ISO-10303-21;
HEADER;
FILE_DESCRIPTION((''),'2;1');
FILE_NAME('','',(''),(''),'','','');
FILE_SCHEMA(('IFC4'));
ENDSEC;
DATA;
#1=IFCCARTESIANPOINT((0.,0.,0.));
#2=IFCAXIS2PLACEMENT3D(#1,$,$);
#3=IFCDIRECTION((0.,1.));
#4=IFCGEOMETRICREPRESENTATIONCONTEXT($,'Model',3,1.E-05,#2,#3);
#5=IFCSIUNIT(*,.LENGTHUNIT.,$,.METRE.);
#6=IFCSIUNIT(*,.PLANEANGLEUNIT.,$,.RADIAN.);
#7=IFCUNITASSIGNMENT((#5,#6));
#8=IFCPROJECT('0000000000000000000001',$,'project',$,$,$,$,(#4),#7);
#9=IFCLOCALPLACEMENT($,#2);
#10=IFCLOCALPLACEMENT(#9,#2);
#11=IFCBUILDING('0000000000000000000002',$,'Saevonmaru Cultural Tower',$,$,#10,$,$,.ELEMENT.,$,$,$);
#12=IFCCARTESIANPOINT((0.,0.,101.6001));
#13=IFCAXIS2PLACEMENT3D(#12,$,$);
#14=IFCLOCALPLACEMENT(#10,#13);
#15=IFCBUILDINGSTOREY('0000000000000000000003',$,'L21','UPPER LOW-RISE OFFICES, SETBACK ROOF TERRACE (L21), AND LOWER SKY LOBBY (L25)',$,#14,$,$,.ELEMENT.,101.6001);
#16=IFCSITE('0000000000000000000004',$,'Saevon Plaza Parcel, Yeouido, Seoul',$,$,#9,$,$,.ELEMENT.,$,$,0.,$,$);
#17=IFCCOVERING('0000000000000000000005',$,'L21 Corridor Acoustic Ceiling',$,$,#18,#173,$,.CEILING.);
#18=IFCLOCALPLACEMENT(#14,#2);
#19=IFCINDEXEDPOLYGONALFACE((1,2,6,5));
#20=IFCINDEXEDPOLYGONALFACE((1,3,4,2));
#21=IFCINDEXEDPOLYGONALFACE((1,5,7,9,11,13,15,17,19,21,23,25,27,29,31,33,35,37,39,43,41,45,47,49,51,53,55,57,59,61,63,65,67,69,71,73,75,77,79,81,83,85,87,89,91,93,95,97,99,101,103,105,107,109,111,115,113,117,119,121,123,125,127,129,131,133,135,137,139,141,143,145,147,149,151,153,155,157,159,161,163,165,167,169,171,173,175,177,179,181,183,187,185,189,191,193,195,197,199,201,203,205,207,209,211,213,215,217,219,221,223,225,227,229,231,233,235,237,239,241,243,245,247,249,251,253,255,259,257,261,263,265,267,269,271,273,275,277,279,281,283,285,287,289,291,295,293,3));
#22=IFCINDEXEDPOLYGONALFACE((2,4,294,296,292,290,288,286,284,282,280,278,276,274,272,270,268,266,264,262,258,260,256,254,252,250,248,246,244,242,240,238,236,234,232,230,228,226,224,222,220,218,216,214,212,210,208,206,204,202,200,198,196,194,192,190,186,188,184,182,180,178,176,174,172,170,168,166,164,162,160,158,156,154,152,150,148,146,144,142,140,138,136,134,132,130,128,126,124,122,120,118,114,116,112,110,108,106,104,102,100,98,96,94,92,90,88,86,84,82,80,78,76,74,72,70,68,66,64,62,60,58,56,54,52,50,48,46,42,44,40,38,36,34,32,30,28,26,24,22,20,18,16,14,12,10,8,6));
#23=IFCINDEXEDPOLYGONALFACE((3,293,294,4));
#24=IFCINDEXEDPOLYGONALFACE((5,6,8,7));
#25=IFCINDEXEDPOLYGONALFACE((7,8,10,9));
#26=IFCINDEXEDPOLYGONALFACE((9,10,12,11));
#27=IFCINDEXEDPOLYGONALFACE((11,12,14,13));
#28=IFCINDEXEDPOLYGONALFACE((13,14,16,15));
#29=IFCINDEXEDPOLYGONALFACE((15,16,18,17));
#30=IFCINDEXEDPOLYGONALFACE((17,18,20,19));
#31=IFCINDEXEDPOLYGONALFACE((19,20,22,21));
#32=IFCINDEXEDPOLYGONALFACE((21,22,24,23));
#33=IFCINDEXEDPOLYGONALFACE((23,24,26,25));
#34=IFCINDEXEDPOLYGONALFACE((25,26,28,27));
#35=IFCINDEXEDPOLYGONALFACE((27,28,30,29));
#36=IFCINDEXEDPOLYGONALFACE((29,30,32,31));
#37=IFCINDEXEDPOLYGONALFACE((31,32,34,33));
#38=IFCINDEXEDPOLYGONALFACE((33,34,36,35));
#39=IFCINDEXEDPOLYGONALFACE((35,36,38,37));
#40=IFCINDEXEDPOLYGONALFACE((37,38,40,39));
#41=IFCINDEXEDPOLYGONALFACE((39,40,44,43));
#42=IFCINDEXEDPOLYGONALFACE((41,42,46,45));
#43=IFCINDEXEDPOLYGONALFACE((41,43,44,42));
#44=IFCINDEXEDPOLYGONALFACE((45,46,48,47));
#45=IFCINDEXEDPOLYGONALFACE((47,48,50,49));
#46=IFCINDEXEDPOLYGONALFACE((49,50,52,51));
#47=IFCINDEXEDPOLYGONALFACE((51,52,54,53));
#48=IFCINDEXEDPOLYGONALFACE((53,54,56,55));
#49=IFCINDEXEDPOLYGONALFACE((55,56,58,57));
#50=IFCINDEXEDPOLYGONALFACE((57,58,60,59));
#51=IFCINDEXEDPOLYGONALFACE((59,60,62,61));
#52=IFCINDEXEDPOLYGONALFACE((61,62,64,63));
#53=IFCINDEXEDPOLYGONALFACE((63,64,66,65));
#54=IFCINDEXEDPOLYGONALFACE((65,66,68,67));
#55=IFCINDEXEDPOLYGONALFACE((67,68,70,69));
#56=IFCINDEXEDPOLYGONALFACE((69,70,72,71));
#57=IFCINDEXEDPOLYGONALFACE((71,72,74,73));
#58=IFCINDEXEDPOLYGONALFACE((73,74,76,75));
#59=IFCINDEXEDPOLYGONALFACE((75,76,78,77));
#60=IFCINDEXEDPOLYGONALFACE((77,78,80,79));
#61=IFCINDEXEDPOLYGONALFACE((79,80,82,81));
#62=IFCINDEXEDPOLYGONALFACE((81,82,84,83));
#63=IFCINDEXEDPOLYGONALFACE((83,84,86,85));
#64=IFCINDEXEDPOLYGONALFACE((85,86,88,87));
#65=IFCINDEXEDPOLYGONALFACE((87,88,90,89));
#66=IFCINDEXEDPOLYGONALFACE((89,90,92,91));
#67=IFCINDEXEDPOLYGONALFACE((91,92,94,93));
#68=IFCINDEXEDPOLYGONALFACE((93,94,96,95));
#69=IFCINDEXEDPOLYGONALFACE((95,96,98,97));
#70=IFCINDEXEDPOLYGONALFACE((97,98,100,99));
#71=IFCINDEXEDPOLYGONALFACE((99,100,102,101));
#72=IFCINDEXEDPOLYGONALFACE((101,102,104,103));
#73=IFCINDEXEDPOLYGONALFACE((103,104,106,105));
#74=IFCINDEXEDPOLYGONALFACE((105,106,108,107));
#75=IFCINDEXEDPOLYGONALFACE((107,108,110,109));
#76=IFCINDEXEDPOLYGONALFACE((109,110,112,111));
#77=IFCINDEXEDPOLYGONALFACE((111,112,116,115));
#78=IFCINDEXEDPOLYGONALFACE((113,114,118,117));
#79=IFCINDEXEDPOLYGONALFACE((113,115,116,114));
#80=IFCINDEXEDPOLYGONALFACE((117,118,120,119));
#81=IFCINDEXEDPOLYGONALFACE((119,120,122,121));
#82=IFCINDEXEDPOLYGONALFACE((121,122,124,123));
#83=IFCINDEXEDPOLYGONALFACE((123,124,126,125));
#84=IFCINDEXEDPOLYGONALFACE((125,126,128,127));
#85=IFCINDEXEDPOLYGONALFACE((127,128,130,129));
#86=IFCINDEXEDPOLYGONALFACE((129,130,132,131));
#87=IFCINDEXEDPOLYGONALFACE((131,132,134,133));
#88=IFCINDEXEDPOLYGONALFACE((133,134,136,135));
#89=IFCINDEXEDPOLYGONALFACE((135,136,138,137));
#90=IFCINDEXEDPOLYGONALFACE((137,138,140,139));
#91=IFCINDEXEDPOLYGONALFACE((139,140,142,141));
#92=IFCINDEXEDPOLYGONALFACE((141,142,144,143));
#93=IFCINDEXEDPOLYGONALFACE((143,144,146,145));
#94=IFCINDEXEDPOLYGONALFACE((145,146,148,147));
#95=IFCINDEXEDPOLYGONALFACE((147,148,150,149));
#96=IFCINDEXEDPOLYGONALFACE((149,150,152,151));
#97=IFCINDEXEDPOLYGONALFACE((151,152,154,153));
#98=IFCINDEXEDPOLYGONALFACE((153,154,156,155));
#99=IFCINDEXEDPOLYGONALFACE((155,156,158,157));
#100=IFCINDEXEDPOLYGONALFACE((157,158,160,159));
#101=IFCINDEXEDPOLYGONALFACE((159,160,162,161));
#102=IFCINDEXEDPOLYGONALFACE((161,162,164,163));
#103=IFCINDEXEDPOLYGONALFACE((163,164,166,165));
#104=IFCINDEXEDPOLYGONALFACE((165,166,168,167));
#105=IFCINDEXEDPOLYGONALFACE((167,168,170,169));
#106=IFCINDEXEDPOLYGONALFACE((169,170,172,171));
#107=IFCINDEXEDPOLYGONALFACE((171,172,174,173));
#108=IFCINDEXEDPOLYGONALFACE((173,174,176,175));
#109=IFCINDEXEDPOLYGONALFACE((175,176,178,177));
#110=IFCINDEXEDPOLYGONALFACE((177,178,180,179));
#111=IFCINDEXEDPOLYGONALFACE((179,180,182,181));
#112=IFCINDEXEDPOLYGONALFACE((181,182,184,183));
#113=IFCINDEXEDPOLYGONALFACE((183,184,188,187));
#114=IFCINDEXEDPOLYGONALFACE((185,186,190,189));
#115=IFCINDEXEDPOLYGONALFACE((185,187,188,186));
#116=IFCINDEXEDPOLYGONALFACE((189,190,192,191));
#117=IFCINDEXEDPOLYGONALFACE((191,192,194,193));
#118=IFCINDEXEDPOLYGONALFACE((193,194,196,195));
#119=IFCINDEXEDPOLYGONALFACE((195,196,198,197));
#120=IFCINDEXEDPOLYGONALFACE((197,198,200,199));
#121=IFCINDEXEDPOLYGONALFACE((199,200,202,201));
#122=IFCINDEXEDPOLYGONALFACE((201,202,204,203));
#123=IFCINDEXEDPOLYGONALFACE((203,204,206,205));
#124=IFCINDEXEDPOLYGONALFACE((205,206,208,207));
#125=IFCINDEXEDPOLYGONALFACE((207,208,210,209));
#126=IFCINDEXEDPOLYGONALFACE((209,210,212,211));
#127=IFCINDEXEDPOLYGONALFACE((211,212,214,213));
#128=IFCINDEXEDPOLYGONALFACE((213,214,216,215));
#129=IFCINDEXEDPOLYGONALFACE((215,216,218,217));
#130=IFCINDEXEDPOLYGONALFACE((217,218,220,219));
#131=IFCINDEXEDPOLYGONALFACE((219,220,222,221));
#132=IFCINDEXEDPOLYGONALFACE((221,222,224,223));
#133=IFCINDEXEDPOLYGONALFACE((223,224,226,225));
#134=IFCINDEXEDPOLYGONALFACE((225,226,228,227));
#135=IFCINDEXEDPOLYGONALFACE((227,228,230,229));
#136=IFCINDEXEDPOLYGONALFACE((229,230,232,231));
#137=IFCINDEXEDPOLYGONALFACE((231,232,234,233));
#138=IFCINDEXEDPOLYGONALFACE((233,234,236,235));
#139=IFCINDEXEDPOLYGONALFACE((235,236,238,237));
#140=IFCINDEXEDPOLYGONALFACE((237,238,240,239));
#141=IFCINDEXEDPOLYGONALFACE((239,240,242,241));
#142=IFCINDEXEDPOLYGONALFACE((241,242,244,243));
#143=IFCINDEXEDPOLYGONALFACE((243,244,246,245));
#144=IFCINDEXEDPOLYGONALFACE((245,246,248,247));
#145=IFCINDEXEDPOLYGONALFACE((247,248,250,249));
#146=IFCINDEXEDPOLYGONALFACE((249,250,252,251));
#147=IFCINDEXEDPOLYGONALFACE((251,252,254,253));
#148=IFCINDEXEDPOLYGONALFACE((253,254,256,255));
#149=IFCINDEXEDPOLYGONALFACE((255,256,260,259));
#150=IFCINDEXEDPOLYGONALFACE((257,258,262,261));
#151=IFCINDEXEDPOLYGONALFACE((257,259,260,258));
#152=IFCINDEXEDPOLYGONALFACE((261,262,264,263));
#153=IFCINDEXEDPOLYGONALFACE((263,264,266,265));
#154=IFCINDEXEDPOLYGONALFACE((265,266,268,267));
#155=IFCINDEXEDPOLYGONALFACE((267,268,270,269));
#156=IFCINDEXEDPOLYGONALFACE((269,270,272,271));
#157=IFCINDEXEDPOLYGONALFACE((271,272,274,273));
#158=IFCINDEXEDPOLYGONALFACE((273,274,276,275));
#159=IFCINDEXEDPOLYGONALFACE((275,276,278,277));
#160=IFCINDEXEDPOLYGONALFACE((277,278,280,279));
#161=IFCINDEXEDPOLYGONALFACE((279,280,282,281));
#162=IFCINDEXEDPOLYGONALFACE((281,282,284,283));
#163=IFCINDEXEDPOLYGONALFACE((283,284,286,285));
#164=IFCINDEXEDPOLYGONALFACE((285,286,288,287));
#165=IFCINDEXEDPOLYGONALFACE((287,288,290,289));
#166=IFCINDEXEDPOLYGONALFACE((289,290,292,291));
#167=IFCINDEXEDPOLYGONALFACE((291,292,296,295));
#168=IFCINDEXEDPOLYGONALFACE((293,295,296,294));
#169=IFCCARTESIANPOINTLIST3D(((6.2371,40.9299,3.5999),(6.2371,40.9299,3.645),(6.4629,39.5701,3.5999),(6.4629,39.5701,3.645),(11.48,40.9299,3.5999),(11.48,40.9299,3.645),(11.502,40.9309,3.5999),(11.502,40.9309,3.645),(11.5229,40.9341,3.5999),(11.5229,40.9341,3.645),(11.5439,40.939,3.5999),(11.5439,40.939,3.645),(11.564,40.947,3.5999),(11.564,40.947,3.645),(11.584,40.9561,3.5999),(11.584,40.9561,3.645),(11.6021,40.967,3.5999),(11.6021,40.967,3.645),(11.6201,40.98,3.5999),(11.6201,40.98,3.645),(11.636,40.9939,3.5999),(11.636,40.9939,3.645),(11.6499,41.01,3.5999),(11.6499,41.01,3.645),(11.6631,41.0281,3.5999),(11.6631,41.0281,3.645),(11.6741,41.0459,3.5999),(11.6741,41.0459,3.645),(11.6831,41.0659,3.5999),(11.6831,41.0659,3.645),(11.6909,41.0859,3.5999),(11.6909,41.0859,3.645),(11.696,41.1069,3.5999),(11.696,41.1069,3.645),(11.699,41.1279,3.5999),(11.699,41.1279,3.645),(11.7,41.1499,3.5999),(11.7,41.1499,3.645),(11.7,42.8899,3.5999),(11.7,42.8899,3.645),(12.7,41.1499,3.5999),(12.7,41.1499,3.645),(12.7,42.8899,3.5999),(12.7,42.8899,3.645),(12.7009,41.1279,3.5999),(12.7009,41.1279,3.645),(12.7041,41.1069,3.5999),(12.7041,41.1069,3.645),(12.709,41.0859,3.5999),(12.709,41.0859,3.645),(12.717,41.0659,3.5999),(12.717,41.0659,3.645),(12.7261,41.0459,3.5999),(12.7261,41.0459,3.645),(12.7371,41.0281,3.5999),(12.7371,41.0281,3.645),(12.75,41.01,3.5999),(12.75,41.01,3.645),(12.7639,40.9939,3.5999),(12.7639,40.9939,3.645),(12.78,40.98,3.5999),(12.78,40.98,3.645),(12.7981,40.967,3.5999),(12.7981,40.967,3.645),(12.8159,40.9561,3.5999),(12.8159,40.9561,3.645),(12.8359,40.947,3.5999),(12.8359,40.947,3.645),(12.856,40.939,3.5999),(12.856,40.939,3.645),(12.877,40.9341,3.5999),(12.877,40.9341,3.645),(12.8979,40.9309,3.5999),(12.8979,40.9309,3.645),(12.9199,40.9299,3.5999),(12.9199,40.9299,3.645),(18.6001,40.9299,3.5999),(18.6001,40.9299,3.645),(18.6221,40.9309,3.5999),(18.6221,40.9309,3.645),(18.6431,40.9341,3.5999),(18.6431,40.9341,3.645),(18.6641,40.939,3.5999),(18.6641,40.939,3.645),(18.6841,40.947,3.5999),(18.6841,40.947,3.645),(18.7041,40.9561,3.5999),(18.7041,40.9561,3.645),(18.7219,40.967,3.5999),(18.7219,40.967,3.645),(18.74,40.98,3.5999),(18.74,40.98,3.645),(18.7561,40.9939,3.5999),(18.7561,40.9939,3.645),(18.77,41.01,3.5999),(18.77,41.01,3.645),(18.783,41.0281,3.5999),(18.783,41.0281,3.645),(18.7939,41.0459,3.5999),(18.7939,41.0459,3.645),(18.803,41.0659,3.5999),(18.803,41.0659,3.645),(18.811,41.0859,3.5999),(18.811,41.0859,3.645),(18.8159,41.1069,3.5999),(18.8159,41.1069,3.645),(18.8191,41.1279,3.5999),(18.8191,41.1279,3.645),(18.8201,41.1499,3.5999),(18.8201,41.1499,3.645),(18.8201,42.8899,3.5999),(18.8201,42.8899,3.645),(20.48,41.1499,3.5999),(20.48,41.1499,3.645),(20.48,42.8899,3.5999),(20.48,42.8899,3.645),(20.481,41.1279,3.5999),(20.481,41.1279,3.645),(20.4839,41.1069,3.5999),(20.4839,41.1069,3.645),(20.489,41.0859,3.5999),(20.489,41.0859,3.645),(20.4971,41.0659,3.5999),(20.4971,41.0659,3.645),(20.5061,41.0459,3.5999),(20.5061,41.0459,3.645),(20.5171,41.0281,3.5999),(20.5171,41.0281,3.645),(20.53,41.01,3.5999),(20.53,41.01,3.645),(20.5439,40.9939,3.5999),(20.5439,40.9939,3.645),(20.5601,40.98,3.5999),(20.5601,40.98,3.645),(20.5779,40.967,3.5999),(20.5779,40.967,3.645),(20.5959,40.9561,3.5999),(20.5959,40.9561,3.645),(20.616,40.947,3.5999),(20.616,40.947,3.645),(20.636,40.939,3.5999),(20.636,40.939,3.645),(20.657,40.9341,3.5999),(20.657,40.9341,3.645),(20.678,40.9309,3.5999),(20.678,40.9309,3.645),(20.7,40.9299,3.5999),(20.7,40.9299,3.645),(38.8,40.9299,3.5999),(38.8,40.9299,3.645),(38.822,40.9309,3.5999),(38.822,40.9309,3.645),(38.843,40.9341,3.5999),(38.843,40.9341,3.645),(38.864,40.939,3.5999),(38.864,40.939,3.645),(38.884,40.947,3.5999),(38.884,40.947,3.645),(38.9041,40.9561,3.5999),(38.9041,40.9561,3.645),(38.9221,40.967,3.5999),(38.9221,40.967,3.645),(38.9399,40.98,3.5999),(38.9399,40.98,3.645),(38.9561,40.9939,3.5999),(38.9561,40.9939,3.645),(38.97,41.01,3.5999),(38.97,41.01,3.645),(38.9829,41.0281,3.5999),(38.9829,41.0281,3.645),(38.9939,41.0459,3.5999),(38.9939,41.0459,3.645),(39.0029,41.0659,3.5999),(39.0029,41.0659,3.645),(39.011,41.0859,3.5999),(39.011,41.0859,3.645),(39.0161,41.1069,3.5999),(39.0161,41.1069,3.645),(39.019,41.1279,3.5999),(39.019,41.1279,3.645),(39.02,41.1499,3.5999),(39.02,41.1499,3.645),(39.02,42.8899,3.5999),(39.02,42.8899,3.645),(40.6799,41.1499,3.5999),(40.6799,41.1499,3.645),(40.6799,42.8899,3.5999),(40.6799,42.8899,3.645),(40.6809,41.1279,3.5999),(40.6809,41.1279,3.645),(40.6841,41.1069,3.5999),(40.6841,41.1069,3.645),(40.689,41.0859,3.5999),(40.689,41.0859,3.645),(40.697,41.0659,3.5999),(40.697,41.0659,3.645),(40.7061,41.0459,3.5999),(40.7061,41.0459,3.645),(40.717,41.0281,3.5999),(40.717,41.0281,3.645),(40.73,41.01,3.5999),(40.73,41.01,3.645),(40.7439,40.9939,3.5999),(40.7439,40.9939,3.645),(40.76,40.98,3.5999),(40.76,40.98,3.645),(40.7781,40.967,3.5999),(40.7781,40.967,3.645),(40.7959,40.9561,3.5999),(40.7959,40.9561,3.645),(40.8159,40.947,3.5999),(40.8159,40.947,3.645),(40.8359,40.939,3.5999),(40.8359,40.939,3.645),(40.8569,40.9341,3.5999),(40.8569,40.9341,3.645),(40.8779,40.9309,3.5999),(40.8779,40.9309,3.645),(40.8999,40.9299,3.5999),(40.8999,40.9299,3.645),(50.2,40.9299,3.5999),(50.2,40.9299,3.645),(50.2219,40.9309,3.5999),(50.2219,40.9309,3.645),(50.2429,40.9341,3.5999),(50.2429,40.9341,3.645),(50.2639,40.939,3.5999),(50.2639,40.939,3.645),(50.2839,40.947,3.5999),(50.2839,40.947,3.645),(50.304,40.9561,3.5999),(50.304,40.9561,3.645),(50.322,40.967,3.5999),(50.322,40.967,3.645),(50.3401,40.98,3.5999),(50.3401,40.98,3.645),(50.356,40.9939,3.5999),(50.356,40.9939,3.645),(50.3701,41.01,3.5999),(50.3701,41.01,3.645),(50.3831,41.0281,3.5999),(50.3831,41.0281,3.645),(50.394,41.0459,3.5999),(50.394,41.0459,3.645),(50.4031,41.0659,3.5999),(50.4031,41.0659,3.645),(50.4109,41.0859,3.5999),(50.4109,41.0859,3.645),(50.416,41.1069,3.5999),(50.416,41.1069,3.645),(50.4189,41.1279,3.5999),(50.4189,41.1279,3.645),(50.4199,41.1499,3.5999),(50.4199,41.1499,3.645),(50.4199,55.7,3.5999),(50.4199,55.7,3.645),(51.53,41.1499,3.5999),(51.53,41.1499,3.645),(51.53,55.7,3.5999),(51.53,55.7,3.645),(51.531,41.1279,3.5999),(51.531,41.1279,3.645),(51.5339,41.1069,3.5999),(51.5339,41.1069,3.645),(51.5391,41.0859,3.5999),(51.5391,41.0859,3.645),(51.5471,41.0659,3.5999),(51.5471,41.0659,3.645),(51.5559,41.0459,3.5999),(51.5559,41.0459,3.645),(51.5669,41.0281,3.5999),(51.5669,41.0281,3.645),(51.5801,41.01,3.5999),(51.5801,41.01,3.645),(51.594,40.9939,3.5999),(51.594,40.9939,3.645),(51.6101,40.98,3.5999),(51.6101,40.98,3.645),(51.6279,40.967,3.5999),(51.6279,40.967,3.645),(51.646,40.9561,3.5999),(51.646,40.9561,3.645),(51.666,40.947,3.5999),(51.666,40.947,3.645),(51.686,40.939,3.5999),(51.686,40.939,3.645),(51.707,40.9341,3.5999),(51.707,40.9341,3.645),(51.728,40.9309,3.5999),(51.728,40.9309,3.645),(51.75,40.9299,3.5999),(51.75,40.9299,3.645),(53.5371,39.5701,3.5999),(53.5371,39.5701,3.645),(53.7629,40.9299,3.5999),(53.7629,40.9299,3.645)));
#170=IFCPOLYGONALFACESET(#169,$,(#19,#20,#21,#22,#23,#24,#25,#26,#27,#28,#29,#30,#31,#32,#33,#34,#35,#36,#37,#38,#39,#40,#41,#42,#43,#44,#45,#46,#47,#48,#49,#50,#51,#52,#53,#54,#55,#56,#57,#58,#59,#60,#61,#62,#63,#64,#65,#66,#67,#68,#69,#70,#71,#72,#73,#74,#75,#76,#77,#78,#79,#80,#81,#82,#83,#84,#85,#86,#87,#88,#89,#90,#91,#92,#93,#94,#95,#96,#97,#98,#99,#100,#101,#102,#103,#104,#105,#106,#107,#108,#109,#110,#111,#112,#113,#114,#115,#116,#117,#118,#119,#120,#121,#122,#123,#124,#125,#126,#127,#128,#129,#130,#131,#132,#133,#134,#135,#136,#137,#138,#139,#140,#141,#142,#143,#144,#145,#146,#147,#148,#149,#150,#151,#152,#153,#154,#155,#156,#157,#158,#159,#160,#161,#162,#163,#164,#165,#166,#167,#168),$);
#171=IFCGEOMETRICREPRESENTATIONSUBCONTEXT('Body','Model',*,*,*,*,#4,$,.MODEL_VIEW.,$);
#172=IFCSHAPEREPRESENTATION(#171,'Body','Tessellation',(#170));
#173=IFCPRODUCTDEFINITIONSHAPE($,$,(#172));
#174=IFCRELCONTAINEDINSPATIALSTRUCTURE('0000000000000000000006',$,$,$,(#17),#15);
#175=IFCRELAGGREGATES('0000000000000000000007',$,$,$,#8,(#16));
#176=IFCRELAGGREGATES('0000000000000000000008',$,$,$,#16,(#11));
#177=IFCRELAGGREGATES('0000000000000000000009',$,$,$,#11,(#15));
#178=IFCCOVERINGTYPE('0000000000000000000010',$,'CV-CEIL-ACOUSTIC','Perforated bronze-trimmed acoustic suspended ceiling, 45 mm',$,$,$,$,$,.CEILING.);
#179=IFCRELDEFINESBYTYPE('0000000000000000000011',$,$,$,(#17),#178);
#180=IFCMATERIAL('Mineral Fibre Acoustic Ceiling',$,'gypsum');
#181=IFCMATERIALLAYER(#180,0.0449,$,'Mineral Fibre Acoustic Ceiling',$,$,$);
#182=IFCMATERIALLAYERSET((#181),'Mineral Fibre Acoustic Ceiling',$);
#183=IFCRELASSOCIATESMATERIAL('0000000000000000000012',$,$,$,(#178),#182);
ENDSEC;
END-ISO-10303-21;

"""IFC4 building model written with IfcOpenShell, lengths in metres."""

from ifc_helpers import new_model, si_unit, direction, frame, origin, place, context, subcontext, project, spatial, polyline, outline, extrude, material, layer, layer_set, type_object, element, save


model = new_model("IFC4")

# Units and contexts
model_context = context("Model", 3, precision=1e-05, world=origin(), true_north=direction((0.0, 1.0)))
body_context = subcontext(model_context, "Body", "Model", "MODEL_VIEW")
ifc_project = project(units=[si_unit("LENGTHUNIT", "METRE"), si_unit("PLANEANGLEUNIT", "RADIAN")], contexts=[model_context])

# Site, building, storey
site_placement = place(None, origin())
site = spatial("IfcSite", under=ifc_project, at=site_placement, Name="Saevon Plaza Parcel, Yeouido, Seoul", CompositionType="ELEMENT", RefElevation=0.0)
building_placement = place(site_placement, origin())
building = spatial("IfcBuilding", under=site, at=building_placement, Name="Saevonmaru Cultural Tower", CompositionType="ELEMENT")
storey_placement = place(building_placement, frame((0.0, 0.0, 101.6001)))
storey = spatial("IfcBuildingStorey", under=building, at=storey_placement, Name="L21", Description="UPPER LOW-RISE OFFICES, SETBACK ROOF TERRACE (L21), AND LOWER SKY LOBBY (L25)", CompositionType="ELEMENT", Elevation=101.6001)

# Covering
ifc_material_1 = material(Name="Mineral Fibre Acoustic Ceiling", Category="gypsum")
ifc_layer_1 = layer(ifc_material_1, 0.0449, Name="Mineral Fibre Acoustic Ceiling")
ifc_layer_set_1 = layer_set([ifc_layer_1], Name="Mineral Fibre Acoustic Ceiling")
covering_type_1 = type_object("IfcCoveringType", Name="CV-CEIL-ACOUSTIC", Description="Perforated bronze-trimmed acoustic suspended ceiling, 45 mm", PredefinedType="CEILING", material=ifc_layer_set_1)
covering_1_placement = place(storey_placement, frame((0.0, 0.0, 3.5999)))
element("IfcCovering", 1, at=covering_1_placement, inside=storey, type_object=covering_type_1, Name="L21 Corridor Acoustic Ceiling", PredefinedType="CEILING", context=body_context, shape_type="SweptSolid", body=[
    extrude(outline(polyline([(6.4629, 39.5701), (6.2371, 40.9299), (11.48, 40.9299), (11.502, 40.9309), (11.5229, 40.9341), (11.5439, 40.939), (11.564, 40.947), (11.584, 40.9561), (11.6021, 40.967), (11.6201, 40.98), (11.636, 40.9939), (11.6499, 41.01), (11.6631, 41.0281), (11.6741, 41.0459), (11.6831, 41.0659), (11.6909, 41.0859), (11.696, 41.1069), (11.699, 41.1279), (11.7, 41.1499), (11.7, 42.8899), (12.7, 42.8899), (12.7, 41.1499), (12.7009, 41.1279), (12.7041, 41.1069), (12.709, 41.0859), (12.717, 41.0659), (12.7261, 41.0459), (12.7371, 41.0281), (12.75, 41.01), (12.7639, 40.9939), (12.78, 40.98), (12.7981, 40.967), (12.8159, 40.9561), (12.8359, 40.947), (12.856, 40.939), (12.877, 40.9341), (12.8979, 40.9309), (12.9199, 40.9299), (18.6001, 40.9299), (18.6221, 40.9309), (18.6431, 40.9341), (18.6641, 40.939), (18.6841, 40.947), (18.7041, 40.9561), (18.7219, 40.967), (18.74, 40.98), (18.7561, 40.9939), (18.77, 41.01), (18.783, 41.0281), (18.7939, 41.0459), (18.803, 41.0659), (18.811, 41.0859), (18.8159, 41.1069), (18.8191, 41.1279), (18.8201, 41.1499), (18.8201, 42.8899), (20.48, 42.8899), (20.48, 41.1499), (20.481, 41.1279), (20.4839, 41.1069), (20.489, 41.0859), (20.4971, 41.0659), (20.5061, 41.0459), (20.5171, 41.0281), (20.53, 41.01), (20.5439, 40.9939), (20.5601, 40.98), (20.5779, 40.967), (20.5959, 40.9561), (20.616, 40.947), (20.636, 40.939), (20.657, 40.9341), (20.678, 40.9309), (20.7, 40.9299), (38.8, 40.9299), (38.822, 40.9309), (38.843, 40.9341), (38.864, 40.939), (38.884, 40.947), (38.9041, 40.9561), (38.9221, 40.967), (38.9399, 40.98), (38.9561, 40.9939), (38.97, 41.01), (38.9829, 41.0281), (38.9939, 41.0459), (39.0029, 41.0659), (39.011, 41.0859), (39.0161, 41.1069), (39.019, 41.1279), (39.02, 41.1499), (39.02, 42.8899), (40.6799, 42.8899), (40.6799, 41.1499), (40.6809, 41.1279), (40.6841, 41.1069), (40.689, 41.0859), (40.697, 41.0659), (40.7061, 41.0459), (40.717, 41.0281), (40.73, 41.01), (40.7439, 40.9939), (40.76, 40.98), (40.7781, 40.967), (40.7959, 40.9561), (40.8159, 40.947), (40.8359, 40.939), (40.8569, 40.9341), (40.8779, 40.9309), (40.8999, 40.9299), (50.2, 40.9299), (50.2219, 40.9309), (50.2429, 40.9341), (50.2639, 40.939), (50.2839, 40.947), (50.304, 40.9561), (50.322, 40.967), (50.3401, 40.98), (50.356, 40.9939), (50.3701, 41.01), (50.3831, 41.0281), (50.394, 41.0459), (50.4031, 41.0659), (50.4109, 41.0859), (50.416, 41.1069), (50.4189, 41.1279), (50.4199, 41.1499), (50.4199, 55.7), (51.53, 55.7), (51.53, 41.1499), (51.531, 41.1279), (51.5339, 41.1069), (51.5391, 41.0859), (51.5471, 41.0659), (51.5559, 41.0459), (51.5669, 41.0281), (51.5801, 41.01), (51.594, 40.9939), (51.6101, 40.98), (51.6279, 40.967), (51.646, 40.9561), (51.666, 40.947), (51.686, 40.939), (51.707, 40.9341), (51.728, 40.9309), (51.75, 40.9299), (53.7629, 40.9299), (53.5371, 39.5701), (6.4629, 39.5701)])), origin(), (0.0, 0.0, 1.0), 0.0452),
])

save(model, "model.ifc")
